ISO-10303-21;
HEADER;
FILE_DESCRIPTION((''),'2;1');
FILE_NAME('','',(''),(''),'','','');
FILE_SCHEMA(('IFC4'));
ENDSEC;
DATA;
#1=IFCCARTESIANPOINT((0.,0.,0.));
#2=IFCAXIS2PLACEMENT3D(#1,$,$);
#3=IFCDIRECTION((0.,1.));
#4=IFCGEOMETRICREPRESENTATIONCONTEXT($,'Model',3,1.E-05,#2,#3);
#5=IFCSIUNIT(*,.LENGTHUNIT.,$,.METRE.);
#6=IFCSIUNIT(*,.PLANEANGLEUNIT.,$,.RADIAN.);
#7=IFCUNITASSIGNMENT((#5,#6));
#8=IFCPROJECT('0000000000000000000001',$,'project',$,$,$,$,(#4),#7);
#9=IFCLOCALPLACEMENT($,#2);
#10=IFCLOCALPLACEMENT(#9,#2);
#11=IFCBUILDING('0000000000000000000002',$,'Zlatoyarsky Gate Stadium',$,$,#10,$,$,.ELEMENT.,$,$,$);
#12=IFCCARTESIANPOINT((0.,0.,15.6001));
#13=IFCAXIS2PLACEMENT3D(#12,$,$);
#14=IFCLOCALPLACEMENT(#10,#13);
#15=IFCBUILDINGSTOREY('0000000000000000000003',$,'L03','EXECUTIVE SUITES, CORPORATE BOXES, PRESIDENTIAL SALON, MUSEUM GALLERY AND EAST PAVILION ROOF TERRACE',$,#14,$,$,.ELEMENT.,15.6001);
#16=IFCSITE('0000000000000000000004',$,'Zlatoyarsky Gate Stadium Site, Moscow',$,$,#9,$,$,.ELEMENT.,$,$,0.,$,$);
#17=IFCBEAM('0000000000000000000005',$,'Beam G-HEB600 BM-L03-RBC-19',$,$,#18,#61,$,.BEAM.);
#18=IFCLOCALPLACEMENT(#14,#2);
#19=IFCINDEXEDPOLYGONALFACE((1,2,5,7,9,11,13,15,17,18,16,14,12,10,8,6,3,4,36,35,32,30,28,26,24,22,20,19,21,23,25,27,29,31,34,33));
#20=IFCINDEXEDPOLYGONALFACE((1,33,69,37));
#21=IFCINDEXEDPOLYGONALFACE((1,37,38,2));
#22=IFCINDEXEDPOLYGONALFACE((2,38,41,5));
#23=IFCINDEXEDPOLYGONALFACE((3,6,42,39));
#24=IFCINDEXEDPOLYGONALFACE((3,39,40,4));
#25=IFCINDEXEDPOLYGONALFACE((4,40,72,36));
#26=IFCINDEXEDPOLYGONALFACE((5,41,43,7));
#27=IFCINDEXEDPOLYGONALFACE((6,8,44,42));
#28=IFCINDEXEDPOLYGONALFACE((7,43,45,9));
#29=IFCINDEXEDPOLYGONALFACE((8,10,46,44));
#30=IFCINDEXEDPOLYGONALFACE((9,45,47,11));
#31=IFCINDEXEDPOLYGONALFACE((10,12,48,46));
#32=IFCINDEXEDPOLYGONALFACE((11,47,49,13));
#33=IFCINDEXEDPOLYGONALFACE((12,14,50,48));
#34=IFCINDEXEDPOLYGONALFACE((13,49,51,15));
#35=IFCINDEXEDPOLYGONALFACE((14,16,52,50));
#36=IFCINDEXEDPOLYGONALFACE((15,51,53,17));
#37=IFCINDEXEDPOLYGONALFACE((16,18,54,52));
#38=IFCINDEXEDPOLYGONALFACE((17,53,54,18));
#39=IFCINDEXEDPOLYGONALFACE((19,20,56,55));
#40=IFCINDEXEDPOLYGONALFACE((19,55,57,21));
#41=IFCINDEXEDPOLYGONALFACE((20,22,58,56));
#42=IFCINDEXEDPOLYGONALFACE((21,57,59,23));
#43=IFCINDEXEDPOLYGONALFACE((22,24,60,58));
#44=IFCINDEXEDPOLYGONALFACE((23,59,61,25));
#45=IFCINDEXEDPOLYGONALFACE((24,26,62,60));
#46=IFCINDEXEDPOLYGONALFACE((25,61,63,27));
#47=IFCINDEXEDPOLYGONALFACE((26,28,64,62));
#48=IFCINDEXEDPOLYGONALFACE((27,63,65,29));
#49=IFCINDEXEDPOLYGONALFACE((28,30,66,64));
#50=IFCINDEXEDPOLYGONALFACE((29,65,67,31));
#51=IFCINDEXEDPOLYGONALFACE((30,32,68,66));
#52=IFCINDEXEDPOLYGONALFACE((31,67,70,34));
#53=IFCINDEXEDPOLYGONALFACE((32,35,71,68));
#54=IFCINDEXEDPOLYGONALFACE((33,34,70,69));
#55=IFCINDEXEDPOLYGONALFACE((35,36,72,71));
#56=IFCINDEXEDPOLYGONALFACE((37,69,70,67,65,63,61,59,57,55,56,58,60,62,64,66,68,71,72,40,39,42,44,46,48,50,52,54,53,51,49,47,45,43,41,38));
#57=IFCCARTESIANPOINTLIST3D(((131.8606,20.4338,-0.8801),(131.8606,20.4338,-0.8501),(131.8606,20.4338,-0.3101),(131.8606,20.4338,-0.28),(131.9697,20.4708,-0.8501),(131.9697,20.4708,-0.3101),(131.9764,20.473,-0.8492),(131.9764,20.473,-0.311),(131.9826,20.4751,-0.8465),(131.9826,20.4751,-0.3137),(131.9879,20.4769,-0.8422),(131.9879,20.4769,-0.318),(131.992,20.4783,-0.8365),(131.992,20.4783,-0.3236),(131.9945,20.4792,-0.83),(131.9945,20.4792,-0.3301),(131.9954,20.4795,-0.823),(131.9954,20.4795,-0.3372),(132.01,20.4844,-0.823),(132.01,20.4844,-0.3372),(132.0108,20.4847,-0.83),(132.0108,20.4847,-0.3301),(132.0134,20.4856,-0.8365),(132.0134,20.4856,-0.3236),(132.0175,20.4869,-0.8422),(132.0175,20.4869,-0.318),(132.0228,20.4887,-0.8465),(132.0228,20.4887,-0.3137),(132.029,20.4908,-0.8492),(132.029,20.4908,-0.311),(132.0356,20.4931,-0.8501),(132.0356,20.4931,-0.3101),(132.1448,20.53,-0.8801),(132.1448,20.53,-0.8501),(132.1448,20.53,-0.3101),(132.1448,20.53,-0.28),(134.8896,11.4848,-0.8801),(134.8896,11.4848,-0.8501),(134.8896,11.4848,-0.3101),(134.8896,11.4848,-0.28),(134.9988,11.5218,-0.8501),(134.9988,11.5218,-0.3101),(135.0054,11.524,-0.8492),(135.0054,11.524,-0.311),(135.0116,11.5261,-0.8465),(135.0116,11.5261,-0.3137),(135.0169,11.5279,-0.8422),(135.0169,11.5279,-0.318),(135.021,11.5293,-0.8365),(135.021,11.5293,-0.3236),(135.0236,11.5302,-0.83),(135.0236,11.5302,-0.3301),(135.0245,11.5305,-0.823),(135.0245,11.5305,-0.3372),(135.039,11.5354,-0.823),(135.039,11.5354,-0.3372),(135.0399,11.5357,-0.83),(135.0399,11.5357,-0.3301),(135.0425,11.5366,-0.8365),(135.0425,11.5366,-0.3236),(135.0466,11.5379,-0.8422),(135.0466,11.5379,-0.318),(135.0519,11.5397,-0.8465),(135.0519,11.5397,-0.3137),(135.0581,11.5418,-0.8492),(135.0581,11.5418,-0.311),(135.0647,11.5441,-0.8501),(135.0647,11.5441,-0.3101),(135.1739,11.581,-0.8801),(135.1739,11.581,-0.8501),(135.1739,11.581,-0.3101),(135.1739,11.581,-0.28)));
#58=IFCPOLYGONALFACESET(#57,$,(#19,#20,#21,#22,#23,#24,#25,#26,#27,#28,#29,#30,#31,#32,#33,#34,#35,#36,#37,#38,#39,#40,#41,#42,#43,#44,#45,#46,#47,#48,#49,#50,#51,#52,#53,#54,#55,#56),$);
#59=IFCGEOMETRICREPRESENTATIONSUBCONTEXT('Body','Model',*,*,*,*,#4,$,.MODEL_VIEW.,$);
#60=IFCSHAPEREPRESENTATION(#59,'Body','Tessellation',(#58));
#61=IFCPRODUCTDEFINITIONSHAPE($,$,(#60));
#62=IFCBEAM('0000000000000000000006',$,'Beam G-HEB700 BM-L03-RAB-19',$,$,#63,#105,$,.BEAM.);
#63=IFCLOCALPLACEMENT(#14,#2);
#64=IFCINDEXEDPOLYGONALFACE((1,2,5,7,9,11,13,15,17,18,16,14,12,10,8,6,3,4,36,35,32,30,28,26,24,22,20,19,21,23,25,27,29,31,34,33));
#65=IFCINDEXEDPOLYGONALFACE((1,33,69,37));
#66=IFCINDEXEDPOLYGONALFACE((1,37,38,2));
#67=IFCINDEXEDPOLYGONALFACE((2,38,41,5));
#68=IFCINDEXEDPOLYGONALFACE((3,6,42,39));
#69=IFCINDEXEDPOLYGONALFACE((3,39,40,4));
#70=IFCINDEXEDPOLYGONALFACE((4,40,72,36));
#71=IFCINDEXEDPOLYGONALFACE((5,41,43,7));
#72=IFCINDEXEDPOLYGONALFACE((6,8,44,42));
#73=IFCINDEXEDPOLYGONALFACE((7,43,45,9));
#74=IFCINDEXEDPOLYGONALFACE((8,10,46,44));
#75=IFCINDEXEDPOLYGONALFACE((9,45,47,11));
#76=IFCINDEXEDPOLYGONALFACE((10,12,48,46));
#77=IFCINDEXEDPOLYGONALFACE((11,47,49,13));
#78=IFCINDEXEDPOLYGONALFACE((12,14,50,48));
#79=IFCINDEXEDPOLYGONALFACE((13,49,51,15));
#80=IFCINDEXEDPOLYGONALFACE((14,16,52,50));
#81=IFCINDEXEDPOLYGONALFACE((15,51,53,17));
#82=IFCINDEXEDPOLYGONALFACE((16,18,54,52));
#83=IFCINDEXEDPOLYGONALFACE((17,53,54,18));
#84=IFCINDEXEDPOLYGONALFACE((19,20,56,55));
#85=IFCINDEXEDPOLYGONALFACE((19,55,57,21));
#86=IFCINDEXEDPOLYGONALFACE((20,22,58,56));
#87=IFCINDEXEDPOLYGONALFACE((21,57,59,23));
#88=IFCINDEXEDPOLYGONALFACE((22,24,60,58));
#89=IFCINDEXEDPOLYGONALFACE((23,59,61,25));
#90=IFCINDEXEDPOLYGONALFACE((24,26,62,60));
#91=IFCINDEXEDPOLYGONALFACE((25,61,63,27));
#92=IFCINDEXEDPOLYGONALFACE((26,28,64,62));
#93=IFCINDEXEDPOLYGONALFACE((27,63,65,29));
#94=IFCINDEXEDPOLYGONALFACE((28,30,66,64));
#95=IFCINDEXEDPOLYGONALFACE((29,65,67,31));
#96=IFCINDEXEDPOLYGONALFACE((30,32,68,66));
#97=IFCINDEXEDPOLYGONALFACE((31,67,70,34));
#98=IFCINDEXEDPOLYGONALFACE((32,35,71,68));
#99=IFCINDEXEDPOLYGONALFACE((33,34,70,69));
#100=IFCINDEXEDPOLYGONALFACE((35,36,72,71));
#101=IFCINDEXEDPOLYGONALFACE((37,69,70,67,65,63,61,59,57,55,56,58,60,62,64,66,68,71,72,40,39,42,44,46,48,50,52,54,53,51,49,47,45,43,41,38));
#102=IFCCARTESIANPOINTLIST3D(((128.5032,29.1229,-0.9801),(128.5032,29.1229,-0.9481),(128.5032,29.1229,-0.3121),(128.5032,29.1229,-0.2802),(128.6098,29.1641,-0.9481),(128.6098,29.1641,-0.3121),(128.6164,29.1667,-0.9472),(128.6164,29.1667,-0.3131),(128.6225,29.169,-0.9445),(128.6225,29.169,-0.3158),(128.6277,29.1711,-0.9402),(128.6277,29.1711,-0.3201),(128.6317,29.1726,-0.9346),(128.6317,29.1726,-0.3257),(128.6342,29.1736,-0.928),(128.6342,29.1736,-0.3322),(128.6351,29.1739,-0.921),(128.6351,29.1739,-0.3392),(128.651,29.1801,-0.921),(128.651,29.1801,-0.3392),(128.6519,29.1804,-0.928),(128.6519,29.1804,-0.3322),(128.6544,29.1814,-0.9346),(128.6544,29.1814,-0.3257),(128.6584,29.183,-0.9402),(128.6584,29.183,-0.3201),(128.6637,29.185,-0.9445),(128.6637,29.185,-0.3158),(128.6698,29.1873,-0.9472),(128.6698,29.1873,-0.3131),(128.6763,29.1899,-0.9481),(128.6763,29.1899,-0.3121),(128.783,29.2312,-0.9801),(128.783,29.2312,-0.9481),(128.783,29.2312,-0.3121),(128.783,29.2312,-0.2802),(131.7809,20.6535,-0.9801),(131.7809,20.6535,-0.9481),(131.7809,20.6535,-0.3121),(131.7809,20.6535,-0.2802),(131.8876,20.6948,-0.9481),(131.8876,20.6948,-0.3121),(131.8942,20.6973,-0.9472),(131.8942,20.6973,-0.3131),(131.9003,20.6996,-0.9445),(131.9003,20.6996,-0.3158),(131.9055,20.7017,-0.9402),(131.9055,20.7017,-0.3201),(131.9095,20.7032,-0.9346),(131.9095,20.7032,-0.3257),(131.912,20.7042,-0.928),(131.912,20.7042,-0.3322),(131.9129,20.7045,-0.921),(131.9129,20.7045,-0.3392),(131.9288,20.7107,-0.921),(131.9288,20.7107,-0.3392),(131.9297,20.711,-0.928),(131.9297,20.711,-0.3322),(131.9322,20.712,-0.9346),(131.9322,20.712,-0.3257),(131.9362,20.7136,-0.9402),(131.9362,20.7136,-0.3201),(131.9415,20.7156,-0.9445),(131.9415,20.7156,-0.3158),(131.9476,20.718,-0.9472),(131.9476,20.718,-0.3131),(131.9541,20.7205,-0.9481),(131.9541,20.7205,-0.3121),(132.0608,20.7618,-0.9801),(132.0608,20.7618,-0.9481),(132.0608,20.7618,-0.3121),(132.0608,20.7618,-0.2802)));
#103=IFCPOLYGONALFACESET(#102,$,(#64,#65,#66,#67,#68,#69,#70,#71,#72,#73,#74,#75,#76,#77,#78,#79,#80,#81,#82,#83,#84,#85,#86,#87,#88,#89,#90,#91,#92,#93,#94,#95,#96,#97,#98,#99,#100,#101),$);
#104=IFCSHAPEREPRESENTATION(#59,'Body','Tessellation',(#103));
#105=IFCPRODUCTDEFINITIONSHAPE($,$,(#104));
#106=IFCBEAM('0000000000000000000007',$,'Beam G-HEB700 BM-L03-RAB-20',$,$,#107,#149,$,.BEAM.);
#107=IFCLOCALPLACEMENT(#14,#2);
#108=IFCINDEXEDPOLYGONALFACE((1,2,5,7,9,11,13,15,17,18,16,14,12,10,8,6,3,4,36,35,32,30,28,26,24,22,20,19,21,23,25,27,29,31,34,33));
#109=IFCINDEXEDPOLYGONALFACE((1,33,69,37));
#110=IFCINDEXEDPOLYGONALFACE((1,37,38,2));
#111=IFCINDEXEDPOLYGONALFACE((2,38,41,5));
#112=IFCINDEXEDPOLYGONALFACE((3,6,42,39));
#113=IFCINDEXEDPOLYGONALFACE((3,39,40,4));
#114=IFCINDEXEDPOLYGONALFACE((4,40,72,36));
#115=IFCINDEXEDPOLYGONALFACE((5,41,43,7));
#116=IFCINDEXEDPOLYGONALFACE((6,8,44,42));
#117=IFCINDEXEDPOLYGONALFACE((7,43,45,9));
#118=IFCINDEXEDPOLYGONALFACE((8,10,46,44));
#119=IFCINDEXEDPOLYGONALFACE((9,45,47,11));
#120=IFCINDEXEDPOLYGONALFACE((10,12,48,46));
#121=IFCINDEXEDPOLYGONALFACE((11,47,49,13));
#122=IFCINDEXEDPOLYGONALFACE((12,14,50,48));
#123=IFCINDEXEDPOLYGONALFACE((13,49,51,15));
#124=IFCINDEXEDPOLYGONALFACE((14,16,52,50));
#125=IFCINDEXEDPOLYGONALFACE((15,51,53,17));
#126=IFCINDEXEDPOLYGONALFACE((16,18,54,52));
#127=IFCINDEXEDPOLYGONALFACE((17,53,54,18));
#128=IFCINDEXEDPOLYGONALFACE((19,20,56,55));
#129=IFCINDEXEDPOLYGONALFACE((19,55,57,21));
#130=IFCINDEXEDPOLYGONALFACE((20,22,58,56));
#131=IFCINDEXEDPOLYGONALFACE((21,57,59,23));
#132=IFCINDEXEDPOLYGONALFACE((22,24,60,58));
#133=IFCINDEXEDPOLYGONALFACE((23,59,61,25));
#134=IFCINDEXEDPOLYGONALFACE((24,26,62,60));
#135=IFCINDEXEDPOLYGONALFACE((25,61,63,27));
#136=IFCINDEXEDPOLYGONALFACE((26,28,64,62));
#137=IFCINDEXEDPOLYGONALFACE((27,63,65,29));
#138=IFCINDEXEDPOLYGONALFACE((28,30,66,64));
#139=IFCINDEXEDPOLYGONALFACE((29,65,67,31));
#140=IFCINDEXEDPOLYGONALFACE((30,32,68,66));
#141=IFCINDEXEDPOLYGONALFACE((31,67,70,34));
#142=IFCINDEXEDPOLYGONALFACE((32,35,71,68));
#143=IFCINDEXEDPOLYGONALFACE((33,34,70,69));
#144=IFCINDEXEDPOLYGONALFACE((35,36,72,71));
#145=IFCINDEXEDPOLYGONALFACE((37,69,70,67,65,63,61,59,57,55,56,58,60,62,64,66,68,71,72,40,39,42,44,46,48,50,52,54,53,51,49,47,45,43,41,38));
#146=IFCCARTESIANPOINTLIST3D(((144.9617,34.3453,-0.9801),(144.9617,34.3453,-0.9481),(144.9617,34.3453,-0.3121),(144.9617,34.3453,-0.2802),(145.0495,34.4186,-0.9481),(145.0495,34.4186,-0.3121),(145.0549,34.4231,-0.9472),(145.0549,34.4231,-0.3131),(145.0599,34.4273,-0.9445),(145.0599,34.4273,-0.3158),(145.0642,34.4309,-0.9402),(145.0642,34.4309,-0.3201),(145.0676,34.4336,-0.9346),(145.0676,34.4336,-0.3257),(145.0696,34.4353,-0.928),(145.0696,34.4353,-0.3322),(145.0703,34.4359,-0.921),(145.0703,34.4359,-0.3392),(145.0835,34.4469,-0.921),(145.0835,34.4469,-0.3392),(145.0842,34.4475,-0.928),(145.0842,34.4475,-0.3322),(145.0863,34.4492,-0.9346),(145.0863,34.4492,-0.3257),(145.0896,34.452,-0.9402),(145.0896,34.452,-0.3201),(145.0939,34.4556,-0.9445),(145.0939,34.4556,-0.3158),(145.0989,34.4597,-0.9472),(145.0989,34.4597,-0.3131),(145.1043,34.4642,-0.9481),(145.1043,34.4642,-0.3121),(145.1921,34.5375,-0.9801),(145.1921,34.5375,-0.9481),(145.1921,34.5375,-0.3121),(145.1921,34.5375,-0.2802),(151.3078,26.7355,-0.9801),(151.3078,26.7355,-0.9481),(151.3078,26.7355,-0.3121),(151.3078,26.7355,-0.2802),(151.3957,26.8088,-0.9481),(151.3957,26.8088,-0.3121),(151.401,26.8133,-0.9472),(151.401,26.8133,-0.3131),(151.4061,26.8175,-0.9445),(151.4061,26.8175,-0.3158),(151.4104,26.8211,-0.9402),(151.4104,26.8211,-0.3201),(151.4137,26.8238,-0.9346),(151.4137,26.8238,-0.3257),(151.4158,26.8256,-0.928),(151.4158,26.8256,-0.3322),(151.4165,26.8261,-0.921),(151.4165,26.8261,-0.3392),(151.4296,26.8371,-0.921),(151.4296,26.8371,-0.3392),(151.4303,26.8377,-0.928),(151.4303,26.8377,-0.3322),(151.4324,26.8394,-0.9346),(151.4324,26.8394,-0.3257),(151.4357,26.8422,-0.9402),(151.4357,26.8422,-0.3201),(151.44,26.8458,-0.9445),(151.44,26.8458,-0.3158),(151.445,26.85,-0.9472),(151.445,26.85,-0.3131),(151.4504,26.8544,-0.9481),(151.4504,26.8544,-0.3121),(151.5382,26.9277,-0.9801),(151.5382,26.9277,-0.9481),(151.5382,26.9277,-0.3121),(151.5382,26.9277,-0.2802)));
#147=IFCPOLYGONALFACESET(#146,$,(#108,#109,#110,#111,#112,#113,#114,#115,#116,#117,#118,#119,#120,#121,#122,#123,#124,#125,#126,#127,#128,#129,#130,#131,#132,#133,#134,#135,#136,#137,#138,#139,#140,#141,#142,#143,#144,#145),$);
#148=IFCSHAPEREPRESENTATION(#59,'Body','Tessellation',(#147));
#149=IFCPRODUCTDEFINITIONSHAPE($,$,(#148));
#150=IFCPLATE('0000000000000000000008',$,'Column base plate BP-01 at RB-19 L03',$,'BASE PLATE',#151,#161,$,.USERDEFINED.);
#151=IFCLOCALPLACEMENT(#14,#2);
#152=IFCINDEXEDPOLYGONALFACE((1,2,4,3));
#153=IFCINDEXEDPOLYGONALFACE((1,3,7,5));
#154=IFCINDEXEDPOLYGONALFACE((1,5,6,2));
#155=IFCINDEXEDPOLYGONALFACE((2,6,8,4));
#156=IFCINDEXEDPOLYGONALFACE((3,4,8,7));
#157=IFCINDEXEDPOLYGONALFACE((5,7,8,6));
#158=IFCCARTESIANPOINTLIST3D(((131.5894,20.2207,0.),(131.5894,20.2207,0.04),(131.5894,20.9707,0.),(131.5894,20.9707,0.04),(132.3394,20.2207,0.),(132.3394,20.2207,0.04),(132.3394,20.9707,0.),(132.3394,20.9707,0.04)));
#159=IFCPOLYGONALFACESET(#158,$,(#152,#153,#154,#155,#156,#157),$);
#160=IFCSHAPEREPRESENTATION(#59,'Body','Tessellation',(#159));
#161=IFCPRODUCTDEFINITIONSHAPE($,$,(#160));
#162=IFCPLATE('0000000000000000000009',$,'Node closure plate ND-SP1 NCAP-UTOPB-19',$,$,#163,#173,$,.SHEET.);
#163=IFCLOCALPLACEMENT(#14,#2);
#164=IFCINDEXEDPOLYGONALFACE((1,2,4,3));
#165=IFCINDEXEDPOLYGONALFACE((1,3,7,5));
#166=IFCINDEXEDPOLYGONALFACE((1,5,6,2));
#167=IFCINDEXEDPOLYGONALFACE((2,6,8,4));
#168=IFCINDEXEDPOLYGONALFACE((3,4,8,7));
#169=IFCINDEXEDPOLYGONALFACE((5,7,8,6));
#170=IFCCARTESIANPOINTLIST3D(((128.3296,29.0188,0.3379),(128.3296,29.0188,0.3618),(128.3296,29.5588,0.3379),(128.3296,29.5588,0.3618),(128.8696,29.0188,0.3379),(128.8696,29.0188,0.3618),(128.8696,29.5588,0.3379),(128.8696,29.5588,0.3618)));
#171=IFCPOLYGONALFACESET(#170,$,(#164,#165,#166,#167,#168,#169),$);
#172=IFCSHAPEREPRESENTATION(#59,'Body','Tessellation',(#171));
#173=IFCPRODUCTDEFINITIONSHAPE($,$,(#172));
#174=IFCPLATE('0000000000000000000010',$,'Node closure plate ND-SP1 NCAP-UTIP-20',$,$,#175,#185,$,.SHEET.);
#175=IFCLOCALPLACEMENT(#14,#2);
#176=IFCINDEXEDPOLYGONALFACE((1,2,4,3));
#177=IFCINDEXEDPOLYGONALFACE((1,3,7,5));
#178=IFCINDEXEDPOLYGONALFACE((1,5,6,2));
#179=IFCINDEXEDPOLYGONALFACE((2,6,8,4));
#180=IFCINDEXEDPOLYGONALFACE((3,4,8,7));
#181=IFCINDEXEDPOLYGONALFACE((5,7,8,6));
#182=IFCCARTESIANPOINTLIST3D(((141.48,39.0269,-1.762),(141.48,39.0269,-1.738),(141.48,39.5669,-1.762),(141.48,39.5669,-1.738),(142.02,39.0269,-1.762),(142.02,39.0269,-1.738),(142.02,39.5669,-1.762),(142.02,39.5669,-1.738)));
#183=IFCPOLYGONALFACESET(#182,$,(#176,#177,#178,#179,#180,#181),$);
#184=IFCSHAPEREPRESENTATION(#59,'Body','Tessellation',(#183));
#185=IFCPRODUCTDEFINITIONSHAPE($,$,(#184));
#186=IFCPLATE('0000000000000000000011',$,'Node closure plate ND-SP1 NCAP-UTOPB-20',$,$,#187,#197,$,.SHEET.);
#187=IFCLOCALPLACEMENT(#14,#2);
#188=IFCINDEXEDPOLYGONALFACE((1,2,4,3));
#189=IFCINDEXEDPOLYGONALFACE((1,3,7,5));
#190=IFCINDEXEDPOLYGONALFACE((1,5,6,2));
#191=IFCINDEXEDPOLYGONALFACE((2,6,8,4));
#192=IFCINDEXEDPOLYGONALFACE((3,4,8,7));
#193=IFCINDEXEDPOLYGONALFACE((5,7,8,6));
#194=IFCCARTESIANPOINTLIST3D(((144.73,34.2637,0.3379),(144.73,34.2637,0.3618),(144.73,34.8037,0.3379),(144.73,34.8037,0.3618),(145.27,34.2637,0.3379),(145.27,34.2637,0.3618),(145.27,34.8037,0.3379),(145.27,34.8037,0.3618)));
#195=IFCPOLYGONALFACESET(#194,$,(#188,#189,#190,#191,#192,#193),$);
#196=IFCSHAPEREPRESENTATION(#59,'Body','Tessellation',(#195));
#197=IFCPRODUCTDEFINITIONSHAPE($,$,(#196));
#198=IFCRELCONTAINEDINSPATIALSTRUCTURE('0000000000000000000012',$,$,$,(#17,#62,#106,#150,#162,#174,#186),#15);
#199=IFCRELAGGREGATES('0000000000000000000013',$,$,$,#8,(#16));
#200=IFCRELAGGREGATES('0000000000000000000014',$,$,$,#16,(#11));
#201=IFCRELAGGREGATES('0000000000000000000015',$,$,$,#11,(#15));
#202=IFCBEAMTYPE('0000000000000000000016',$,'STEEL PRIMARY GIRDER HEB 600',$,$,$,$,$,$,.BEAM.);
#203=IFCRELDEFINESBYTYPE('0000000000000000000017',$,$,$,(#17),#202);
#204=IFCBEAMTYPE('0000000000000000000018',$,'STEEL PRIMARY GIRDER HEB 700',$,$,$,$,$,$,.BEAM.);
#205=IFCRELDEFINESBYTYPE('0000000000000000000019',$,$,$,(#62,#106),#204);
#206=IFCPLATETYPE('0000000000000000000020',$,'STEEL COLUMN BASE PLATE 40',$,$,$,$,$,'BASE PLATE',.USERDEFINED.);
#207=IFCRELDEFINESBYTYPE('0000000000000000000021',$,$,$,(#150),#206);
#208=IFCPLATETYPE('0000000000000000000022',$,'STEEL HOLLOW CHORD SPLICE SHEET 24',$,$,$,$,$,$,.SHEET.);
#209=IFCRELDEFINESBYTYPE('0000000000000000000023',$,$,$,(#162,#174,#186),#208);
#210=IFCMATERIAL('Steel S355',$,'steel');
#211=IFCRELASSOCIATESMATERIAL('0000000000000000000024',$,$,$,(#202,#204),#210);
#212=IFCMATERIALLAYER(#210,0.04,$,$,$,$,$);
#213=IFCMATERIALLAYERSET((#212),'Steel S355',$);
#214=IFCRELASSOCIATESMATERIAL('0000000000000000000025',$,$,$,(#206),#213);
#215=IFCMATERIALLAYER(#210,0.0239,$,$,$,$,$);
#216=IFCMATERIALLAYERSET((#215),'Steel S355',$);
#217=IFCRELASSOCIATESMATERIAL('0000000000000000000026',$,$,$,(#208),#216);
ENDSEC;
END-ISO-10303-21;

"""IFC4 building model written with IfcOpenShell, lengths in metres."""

from ifc_helpers import new_model, si_unit, direction, frame, origin, origin_2d, place, context, subcontext, project, spatial, rectangle, i_section, extrude, material, layer, layer_set, material_profile, profile_set, type_object, element, save


model = new_model("IFC4")

# Units and contexts
model_context = context("Model", 3, precision=1e-05, world=origin(), true_north=direction((0.0, 1.0)))
body_context = subcontext(model_context, "Body", "Model", "MODEL_VIEW")
ifc_project = project(units=[si_unit("LENGTHUNIT", "METRE"), si_unit("PLANEANGLEUNIT", "RADIAN")], contexts=[model_context])

# Site, building, storey
site_placement = place(None, origin())
site = spatial("IfcSite", under=ifc_project, at=site_placement, Name="Zlatoyarsky Gate Stadium Site, Moscow", CompositionType="ELEMENT", RefElevation=0.0)
building_placement = place(site_placement, origin())
building = spatial("IfcBuilding", under=site, at=building_placement, Name="Zlatoyarsky Gate Stadium", CompositionType="ELEMENT")
storey_placement = place(building_placement, frame((0.0, 0.0, 15.6001)))
storey = spatial("IfcBuildingStorey", under=building, at=storey_placement, Name="L03", Description="EXECUTIVE SUITES, CORPORATE BOXES, PRESIDENTIAL SALON, MUSEUM GALLERY AND EAST PAVILION ROOF TERRACE", CompositionType="ELEMENT", Elevation=15.6001)

# Shared definitions
ifc_material_1 = material(Name="Steel S355", Category="steel")

# Beams
ifc_material_profile_1 = material_profile(ifc_material_1, i_section(OverallWidth=0.3, OverallDepth=0.6001, WebThickness=0.0154, FlangeThickness=0.03, FilletRadius=0.0271, at=origin_2d()), Name="HEB 600")
ifc_profile_set_1 = profile_set([ifc_material_profile_1], Name="Steel S355")
beam_type_1 = type_object("IfcBeamType", Name="STEEL PRIMARY GIRDER HEB 600", PredefinedType="BEAM", material=ifc_profile_set_1)
beam_1_placement = place(storey_placement, frame((132.0027, 20.4819, -0.5801), z_axis=(0.320612, -0.947211, 0.0), x_axis=(0.947211, 0.320612, 0.0)))
element("IfcBeam", 1, at=beam_1_placement, inside=storey, type_object=beam_type_1, Name="Beam G-HEB600 BM-L03-RBC-19", PredefinedType="BEAM", context=body_context, shape_type="SweptSolid", body=[
    extrude(i_section(OverallWidth=0.3, OverallDepth=0.6001, WebThickness=0.0154, FlangeThickness=0.03, FilletRadius=0.0271, at=origin_2d()), origin(), (0.0, 0.0, 1.0), 9.4478),
])
ifc_material_profile_2 = material_profile(ifc_material_1, i_section(OverallWidth=0.3, OverallDepth=0.7, WebThickness=0.0171, FlangeThickness=0.032, FilletRadius=0.0271, at=origin_2d()), Name="HEB 700")
ifc_profile_set_2 = profile_set([ifc_material_profile_2], Name="Steel S355")
beam_type_2 = type_object("IfcBeamType", Name="STEEL PRIMARY GIRDER HEB 700", PredefinedType="BEAM", material=ifc_profile_set_2)
beam_2_placement = place(storey_placement, frame((128.6431, 29.177, -0.6301), z_axis=(0.360929, -0.932593, 0.0), x_axis=(0.932593, 0.360929, 0.0)))
element("IfcBeam", 2, at=beam_2_placement, inside=storey, type_object=beam_type_2, Name="Beam G-HEB700 BM-L03-RAB-19", PredefinedType="BEAM", context=body_context, shape_type="SweptSolid", body=[
    extrude(i_section(OverallWidth=0.3, OverallDepth=0.7, WebThickness=0.0171, FlangeThickness=0.032, FilletRadius=0.0271, at=origin_2d()), origin(), (0.0, 0.0, 1.0), 9.0815),
])
beam_3_placement = place(storey_placement, frame((145.0769, 34.4414, -0.6301), z_axis=(0.640461, -0.767991, 0.0), x_axis=(0.767991, 0.640461, 0.0)))
element("IfcBeam", 3, at=beam_3_placement, inside=storey, type_object=beam_type_2, Name="Beam G-HEB700 BM-L03-RAB-20", PredefinedType="BEAM", context=body_context, shape_type="SweptSolid", body=[
    extrude(i_section(OverallWidth=0.3, OverallDepth=0.7, WebThickness=0.0171, FlangeThickness=0.032, FilletRadius=0.0271, at=origin_2d()), origin(), (0.0, 0.0, 1.0), 9.9087),
])

# Plates
ifc_layer_1 = layer(ifc_material_1, 0.04)
ifc_layer_set_1 = layer_set([ifc_layer_1], Name="Steel S355")
plate_type_1 = type_object("IfcPlateType", Name="STEEL COLUMN BASE PLATE 40", ElementType="BASE PLATE", PredefinedType="USERDEFINED", material=ifc_layer_set_1)
plate_placement = place(storey_placement, frame((131.9644, 20.5957, 0.0), z_axis=(0.0, 0.0, 1.0), x_axis=(1.0, 0.0, 0.0)))
element("IfcPlate", 4, at=plate_placement, inside=storey, type_object=plate_type_1, Name="Column base plate BP-01 at RB-19 L03", ObjectType="BASE PLATE", PredefinedType="USERDEFINED", context=body_context, shape_type="SweptSolid", body=[
    extrude(rectangle(XDim=0.75, YDim=0.75, at=origin_2d()), origin(), (0.0, 0.0, 1.0), 0.04),
])
ifc_layer_2 = layer(ifc_material_1, 0.0239)
ifc_layer_set_2 = layer_set([ifc_layer_2], Name="Steel S355")
plate_type_2 = type_object("IfcPlateType", Name="STEEL HOLLOW CHORD SPLICE SHEET 24", PredefinedType="SHEET", material=ifc_layer_set_2)
for number, where, z_axis, x_axis, name in (
    (5, (128.5996, 29.2888, 0.3379), (0.0, 0.0, 1.0), (1.0, 0.0, 0.0), "Node closure plate ND-SP1 NCAP-UTOPB-19"),
    (6, (141.75, 39.2969, -1.762), (0.0, 0.0, 1.0), (1.0, 0.0, 0.0), "Node closure plate ND-SP1 NCAP-UTIP-20"),
    (7, (145.0, 34.5337, 0.3379), (0.0, 0.0, 1.0), (1.0, 0.0, 0.0), "Node closure plate ND-SP1 NCAP-UTOPB-20"),
):
    element("IfcPlate", number, at=place(storey_placement, frame(where, z_axis=z_axis, x_axis=x_axis)), inside=storey, type_object=plate_type_2, Name=name, PredefinedType="SHEET", context=body_context, shape_type="SweptSolid", body=[
        extrude(rectangle(XDim=0.54, YDim=0.54, at=origin_2d()), origin(), (0.0, 0.0, 1.0), 0.0239),
    ])

save(model, "model.ifc")
